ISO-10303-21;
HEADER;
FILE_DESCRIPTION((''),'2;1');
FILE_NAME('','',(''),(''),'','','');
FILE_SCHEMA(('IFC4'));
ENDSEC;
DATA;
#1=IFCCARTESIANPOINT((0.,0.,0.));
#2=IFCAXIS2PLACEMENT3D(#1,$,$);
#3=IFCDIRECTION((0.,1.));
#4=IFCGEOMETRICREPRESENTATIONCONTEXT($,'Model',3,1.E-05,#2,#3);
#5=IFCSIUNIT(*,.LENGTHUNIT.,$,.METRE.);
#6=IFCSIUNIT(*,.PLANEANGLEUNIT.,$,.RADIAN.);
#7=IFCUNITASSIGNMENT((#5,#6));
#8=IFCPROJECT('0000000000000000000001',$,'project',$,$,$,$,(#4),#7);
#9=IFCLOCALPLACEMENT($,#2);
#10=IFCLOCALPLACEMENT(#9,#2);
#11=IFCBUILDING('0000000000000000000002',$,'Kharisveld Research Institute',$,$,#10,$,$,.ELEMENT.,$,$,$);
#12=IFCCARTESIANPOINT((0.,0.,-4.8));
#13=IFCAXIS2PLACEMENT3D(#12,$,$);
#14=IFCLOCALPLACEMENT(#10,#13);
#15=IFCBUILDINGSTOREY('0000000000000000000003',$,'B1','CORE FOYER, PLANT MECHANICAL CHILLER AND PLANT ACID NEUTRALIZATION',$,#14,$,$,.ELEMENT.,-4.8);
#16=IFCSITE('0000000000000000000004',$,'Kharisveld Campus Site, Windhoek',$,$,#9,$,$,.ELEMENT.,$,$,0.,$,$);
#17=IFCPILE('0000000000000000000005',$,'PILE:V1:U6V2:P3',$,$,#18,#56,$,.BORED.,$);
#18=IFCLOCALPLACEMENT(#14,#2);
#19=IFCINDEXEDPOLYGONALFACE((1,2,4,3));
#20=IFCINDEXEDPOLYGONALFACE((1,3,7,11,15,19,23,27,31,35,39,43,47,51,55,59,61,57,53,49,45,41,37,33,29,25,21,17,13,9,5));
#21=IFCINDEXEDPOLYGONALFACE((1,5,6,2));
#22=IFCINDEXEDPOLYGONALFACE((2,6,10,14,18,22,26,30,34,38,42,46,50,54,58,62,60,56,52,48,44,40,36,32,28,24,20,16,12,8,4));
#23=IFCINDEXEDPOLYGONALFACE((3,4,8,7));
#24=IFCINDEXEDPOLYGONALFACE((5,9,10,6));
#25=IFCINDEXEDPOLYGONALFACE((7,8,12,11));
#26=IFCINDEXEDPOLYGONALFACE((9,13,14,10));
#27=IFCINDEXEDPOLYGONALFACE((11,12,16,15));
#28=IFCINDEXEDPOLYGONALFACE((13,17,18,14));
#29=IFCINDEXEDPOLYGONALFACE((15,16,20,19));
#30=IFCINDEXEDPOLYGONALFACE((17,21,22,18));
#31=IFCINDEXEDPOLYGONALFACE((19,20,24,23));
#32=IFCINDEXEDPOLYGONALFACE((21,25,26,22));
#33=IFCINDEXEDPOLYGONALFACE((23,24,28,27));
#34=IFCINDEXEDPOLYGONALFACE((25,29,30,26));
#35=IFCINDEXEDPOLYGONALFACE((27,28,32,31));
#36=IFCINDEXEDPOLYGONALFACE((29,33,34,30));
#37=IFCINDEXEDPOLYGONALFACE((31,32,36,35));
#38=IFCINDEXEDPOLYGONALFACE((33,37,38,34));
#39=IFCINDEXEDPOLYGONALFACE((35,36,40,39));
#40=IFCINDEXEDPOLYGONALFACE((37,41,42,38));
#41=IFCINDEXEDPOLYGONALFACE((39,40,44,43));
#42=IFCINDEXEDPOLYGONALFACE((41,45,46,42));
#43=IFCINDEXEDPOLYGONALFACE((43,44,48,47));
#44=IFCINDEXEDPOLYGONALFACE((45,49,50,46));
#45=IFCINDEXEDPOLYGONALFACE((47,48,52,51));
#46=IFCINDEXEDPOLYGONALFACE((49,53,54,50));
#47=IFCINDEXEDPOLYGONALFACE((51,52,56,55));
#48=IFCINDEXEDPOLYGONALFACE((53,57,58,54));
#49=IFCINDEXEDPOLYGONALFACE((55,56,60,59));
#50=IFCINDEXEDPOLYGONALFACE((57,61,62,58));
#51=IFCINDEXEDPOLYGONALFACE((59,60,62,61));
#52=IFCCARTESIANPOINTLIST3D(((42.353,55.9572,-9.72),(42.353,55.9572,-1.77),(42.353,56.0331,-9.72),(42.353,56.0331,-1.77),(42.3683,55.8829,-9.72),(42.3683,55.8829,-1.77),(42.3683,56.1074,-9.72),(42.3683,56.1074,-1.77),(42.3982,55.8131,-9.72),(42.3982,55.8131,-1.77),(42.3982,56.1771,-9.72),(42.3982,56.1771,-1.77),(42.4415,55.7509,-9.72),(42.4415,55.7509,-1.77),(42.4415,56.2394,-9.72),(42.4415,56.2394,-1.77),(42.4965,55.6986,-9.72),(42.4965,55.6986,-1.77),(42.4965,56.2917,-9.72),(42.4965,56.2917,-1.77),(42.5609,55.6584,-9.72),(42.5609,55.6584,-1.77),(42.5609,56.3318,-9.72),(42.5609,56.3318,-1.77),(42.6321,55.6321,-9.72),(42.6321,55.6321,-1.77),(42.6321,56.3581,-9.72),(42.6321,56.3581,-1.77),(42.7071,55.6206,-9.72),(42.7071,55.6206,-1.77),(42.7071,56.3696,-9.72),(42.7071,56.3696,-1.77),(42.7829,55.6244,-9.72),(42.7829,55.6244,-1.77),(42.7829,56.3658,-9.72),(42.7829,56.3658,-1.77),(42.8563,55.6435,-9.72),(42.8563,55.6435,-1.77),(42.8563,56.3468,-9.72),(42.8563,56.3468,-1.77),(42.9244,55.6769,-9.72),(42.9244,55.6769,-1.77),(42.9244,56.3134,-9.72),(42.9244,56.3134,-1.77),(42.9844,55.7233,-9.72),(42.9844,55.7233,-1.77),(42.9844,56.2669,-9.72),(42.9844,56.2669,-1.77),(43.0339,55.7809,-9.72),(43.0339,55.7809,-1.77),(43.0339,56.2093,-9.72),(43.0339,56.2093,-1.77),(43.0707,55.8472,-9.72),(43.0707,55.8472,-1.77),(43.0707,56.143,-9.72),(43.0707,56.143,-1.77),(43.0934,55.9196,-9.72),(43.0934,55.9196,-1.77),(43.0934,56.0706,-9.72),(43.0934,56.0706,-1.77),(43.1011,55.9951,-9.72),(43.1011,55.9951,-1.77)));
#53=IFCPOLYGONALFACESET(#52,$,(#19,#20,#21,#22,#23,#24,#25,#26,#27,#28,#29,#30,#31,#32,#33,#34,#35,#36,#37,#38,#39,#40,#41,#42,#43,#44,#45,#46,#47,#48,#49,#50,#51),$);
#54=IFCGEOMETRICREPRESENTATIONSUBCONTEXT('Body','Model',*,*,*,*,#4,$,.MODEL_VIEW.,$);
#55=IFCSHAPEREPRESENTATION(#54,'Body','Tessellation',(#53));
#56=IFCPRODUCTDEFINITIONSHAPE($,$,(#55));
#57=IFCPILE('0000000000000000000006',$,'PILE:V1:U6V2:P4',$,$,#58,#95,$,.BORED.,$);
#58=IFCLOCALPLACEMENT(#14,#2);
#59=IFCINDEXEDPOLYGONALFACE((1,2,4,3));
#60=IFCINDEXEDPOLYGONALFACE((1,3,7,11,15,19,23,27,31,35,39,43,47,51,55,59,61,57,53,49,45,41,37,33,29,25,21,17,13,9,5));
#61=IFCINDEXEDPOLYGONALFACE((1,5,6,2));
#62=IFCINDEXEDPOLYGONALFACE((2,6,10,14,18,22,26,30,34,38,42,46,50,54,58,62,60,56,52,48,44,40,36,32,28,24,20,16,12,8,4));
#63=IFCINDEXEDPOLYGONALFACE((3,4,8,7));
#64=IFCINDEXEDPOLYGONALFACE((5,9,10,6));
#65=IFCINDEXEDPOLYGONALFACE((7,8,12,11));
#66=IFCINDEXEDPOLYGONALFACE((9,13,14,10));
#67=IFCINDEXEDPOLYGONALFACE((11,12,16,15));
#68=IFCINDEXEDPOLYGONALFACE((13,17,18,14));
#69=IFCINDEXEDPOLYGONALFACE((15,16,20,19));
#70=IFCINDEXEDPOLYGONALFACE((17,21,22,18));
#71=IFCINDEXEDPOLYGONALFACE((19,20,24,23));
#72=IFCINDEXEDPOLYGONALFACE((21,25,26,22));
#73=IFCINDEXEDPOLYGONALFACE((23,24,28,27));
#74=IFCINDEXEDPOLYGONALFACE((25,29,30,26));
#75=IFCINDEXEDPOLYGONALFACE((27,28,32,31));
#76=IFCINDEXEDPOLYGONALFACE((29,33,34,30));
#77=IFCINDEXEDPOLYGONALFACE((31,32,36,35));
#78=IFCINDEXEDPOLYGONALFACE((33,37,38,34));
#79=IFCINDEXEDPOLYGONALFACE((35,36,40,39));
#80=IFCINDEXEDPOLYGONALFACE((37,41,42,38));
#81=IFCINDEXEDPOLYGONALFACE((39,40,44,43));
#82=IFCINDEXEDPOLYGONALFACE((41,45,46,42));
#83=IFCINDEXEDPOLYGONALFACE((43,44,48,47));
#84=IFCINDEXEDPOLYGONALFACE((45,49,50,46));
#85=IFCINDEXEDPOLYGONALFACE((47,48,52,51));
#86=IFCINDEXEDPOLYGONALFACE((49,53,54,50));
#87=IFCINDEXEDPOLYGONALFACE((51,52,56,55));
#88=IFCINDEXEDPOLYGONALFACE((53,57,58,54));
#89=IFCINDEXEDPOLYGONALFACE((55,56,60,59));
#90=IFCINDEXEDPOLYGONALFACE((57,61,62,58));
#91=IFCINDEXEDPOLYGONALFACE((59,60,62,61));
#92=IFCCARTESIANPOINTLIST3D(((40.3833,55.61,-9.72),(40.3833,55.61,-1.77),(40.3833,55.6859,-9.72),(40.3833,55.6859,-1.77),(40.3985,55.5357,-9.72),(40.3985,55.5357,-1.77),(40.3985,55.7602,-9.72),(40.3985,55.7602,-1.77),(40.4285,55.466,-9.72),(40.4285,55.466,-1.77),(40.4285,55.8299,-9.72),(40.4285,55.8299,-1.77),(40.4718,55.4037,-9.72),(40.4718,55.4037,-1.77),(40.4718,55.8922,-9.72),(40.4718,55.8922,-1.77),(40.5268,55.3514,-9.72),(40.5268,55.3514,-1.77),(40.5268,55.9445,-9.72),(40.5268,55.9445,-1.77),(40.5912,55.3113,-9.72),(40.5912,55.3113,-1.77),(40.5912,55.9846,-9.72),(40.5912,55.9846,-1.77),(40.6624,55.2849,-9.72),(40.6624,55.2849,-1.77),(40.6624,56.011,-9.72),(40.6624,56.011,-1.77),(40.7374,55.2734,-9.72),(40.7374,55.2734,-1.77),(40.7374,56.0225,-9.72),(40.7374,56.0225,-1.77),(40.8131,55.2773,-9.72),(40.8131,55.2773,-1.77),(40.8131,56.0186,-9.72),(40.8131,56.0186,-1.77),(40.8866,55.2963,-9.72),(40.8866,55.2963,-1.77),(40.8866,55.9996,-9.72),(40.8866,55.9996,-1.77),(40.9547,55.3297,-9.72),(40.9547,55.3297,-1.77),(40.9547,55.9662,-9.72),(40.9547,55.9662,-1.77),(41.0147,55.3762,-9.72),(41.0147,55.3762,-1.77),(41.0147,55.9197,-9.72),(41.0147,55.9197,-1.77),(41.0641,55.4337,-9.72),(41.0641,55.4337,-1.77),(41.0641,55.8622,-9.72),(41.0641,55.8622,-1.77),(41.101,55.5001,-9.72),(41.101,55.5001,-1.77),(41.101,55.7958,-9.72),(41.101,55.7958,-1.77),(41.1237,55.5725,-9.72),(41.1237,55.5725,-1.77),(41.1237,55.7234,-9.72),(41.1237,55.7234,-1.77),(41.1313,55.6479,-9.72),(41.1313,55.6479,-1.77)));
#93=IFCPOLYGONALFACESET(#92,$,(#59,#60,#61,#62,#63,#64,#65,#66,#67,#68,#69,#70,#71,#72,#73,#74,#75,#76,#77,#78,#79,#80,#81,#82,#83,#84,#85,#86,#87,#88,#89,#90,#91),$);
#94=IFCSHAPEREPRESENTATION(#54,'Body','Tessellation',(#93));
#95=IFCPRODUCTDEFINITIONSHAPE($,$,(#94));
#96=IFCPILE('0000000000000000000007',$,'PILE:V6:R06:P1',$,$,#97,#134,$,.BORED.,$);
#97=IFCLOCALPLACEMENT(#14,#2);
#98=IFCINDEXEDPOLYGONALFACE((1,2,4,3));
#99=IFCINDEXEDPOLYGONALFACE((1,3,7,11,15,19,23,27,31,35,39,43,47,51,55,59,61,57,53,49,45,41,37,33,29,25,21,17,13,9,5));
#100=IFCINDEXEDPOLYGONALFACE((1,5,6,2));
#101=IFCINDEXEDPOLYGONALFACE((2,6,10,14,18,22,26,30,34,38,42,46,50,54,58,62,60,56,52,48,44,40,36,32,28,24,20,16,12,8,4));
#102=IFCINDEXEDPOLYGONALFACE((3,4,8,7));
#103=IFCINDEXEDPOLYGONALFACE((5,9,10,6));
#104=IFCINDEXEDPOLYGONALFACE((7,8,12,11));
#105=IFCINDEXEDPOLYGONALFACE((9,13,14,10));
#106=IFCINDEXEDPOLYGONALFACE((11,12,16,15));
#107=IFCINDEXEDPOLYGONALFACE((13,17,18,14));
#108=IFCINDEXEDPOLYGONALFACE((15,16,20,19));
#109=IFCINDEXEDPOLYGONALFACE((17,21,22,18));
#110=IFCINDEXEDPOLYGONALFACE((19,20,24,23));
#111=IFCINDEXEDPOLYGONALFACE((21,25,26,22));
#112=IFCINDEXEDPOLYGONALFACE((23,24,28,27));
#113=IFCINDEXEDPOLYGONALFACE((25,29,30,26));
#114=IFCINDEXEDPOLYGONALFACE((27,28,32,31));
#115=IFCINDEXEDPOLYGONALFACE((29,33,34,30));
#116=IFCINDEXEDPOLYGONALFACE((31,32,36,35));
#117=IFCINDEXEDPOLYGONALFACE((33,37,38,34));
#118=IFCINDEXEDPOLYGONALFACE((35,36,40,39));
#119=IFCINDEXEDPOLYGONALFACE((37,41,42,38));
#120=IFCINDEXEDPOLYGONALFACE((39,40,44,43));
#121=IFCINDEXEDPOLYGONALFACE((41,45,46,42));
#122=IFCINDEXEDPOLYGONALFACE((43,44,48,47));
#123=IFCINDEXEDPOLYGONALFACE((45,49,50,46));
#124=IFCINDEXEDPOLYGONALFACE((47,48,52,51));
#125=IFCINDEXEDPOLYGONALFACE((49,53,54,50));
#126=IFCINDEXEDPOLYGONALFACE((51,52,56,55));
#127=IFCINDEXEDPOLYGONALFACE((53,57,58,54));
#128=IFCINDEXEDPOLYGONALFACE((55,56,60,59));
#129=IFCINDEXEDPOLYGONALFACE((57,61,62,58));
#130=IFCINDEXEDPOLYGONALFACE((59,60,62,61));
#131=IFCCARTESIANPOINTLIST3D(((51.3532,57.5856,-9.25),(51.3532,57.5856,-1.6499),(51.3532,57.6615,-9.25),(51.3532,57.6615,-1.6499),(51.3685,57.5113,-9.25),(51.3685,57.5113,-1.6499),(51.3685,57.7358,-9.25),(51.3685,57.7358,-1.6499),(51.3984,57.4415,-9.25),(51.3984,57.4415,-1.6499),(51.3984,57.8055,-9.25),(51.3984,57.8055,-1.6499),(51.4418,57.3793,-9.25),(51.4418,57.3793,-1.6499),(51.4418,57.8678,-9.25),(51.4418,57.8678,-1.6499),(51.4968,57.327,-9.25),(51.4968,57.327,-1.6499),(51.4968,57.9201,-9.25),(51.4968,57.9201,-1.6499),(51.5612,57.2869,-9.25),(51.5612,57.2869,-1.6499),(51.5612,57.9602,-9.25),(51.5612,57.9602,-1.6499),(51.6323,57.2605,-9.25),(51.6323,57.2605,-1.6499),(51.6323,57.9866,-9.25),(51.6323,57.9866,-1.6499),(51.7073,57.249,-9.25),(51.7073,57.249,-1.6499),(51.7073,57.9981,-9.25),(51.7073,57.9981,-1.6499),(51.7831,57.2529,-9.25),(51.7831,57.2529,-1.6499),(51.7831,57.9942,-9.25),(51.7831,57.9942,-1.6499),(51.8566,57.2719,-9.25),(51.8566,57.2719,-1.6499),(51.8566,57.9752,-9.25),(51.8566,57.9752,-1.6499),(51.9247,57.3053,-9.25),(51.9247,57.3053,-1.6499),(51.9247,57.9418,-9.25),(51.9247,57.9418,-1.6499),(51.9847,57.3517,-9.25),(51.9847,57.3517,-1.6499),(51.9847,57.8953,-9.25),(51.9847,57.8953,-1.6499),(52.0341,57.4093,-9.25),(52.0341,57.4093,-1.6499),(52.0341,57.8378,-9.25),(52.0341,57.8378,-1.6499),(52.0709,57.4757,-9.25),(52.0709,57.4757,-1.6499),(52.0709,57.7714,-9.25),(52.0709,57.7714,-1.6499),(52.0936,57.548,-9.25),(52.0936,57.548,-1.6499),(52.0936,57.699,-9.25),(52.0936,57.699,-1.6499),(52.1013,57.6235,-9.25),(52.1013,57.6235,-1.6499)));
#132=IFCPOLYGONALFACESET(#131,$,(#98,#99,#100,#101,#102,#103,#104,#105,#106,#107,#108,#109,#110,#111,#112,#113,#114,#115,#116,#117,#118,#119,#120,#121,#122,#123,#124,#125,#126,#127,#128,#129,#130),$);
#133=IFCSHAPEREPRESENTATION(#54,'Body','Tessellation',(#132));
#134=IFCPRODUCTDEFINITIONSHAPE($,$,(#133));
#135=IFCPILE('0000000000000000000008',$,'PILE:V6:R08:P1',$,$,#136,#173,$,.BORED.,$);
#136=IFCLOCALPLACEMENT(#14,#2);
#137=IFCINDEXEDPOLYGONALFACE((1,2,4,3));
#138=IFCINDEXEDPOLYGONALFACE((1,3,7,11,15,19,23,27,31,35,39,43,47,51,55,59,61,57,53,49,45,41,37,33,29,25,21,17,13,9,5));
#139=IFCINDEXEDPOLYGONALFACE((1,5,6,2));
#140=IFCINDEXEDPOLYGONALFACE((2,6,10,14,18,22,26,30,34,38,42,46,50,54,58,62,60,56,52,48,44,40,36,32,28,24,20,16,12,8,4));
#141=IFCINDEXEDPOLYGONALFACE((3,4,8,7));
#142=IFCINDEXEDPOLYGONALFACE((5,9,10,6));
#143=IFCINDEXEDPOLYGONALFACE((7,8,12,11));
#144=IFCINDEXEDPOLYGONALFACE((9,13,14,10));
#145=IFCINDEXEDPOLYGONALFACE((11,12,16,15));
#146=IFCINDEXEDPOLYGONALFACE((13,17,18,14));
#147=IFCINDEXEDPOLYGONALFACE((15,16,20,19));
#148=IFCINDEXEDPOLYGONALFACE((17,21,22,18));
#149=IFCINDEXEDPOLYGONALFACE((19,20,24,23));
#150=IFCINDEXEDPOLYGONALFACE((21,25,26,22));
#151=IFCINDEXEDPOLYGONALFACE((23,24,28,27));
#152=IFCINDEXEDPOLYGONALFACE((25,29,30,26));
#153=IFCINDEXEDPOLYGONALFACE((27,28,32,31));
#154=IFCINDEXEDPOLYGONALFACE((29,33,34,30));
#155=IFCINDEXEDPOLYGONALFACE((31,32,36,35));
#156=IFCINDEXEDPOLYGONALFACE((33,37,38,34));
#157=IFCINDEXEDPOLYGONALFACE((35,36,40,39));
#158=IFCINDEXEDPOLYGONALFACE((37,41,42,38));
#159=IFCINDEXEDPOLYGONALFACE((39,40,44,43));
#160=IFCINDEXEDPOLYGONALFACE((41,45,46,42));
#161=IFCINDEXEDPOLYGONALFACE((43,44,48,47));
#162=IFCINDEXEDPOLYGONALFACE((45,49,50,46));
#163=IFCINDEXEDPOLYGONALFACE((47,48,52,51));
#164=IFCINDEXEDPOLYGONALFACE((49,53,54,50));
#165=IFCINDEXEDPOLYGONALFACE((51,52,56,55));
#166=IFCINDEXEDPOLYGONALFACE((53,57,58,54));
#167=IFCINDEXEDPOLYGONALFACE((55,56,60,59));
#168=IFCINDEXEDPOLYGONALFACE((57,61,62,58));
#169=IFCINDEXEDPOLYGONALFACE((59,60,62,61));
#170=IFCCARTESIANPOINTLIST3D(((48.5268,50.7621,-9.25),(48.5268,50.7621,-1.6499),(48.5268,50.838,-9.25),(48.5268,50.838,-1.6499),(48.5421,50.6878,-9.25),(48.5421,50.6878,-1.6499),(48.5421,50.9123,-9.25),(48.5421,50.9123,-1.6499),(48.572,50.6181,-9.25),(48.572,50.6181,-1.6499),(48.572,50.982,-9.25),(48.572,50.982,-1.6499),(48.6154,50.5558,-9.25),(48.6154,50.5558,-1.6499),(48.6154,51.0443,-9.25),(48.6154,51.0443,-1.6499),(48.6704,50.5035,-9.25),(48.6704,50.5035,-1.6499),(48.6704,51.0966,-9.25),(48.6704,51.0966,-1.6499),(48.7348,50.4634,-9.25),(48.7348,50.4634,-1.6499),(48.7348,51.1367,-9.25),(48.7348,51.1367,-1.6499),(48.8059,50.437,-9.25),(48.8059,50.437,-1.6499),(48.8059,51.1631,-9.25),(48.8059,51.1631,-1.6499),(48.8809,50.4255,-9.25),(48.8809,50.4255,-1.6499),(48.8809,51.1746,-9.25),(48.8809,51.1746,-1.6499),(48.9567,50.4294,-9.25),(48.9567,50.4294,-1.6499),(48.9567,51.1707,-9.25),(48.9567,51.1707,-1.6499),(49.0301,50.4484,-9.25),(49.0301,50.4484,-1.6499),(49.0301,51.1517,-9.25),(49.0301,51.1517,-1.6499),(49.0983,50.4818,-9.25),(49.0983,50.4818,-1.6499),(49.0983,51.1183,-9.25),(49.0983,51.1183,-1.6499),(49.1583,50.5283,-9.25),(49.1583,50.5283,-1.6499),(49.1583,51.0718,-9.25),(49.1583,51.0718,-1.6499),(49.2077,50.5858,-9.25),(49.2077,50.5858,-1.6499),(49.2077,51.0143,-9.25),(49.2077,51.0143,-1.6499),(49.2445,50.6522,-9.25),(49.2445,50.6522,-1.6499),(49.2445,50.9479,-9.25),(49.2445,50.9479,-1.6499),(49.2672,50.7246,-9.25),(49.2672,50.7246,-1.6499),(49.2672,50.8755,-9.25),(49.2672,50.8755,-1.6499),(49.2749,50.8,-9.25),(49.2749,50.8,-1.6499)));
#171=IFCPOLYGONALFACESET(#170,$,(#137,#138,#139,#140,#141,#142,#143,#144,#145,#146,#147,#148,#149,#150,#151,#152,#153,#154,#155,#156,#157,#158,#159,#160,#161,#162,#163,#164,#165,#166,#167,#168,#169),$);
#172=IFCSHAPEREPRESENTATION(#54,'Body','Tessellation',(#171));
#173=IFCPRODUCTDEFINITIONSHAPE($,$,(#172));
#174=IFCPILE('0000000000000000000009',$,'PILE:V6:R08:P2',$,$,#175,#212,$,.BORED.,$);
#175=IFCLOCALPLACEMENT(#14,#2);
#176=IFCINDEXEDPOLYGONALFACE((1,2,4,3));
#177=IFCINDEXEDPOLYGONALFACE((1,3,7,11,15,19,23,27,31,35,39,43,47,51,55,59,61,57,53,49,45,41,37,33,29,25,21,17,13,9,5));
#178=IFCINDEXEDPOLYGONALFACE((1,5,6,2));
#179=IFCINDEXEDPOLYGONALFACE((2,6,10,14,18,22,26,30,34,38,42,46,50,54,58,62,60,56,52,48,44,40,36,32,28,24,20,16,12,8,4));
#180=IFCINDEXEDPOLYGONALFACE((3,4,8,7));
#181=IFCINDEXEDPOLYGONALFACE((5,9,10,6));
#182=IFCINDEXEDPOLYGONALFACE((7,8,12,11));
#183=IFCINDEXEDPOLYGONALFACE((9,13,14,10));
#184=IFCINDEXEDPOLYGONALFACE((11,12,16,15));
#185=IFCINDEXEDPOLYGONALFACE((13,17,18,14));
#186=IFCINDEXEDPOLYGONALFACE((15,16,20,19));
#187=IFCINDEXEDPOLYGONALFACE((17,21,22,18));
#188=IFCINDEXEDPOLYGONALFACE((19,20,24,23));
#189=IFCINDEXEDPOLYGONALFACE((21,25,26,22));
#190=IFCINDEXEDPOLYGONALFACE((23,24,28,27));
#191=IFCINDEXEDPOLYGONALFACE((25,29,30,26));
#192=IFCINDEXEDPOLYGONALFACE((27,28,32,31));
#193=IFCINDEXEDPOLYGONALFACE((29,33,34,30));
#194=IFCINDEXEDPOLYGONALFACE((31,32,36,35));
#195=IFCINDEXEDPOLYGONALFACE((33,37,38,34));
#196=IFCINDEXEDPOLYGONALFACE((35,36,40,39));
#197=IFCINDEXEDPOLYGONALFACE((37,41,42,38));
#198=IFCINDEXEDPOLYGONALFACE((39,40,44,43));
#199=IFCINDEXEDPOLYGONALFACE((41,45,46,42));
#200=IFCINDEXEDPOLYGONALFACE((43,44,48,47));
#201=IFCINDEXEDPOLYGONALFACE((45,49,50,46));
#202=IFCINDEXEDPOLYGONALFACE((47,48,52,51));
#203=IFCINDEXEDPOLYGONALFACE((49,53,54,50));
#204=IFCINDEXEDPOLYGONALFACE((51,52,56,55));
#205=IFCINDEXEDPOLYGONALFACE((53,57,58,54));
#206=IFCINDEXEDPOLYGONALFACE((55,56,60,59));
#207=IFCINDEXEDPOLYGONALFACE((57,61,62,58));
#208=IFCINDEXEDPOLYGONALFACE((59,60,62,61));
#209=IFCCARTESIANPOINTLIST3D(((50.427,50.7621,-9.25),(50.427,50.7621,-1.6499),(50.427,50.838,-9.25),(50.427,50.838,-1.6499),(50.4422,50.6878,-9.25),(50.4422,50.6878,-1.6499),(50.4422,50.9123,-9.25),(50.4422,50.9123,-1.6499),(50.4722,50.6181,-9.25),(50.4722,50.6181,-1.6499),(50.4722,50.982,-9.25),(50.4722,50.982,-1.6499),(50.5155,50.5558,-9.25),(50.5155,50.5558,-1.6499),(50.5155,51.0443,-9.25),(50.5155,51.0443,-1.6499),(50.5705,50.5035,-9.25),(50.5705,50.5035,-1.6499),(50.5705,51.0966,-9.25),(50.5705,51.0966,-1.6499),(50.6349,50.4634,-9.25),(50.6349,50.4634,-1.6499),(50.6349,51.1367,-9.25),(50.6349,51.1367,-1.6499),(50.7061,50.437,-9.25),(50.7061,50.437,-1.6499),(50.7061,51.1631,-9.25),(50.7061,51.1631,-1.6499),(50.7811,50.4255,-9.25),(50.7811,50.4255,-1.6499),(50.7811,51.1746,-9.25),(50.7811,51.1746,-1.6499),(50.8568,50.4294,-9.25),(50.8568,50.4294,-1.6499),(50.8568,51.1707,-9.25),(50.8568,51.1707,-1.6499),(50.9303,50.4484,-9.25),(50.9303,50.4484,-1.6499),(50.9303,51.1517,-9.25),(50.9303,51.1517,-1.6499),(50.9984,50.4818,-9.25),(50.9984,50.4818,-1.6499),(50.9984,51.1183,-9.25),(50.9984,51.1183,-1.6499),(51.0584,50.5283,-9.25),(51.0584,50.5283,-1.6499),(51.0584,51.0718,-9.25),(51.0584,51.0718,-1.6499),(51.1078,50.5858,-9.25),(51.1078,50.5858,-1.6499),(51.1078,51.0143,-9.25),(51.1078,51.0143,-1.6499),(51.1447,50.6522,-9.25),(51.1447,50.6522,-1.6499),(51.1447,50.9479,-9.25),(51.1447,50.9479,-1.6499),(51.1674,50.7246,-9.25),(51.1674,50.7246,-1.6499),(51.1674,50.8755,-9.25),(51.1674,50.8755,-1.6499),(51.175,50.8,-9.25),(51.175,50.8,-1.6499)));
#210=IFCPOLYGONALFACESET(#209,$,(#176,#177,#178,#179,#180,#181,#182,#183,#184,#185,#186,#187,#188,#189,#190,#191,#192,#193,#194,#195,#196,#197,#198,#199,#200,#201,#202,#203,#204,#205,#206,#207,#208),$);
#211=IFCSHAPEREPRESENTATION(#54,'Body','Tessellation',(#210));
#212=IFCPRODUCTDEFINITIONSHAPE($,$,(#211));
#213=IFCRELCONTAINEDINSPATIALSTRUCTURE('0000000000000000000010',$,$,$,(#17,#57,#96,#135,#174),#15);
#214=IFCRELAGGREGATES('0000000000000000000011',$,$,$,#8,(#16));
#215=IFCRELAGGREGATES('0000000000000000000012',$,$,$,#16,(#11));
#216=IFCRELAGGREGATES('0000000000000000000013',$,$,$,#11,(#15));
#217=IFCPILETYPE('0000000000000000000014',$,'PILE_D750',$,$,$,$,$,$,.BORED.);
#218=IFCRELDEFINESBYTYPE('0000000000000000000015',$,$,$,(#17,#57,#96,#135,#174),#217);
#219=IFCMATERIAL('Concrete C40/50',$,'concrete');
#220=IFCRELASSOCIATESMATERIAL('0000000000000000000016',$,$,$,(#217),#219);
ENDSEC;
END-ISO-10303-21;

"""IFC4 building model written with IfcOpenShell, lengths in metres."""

from ifc_helpers import new_model, si_unit, direction, frame, origin, origin_2d, place, context, subcontext, project, spatial, circle, extrude, material, material_profile, profile_set, type_object, element, save


model = new_model("IFC4")

# Units and contexts
model_context = context("Model", 3, precision=1e-05, world=origin(), true_north=direction((0.0, 1.0)))
body_context = subcontext(model_context, "Body", "Model", "MODEL_VIEW")
ifc_project = project(units=[si_unit("LENGTHUNIT", "METRE"), si_unit("PLANEANGLEUNIT", "RADIAN")], contexts=[model_context])

# Site, building, storey
site_placement = place(None, origin())
site = spatial("IfcSite", under=ifc_project, at=site_placement, Name="Kharisveld Campus Site, Windhoek", CompositionType="ELEMENT", RefElevation=0.0)
building_placement = place(site_placement, origin())
building = spatial("IfcBuilding", under=site, at=building_placement, Name="Kharisveld Research Institute", CompositionType="ELEMENT")
storey_placement = place(building_placement, frame((0.0, 0.0, -4.8)))
storey = spatial("IfcBuildingStorey", under=building, at=storey_placement, Name="B1", Description="CORE FOYER, PLANT MECHANICAL CHILLER AND PLANT ACID NEUTRALIZATION", CompositionType="ELEMENT", Elevation=-4.8)

# Piles
ifc_material_1 = material(Name="Concrete C40/50", Category="concrete")
ifc_material_profile_1 = material_profile(ifc_material_1, circle(Radius=0.375, at=origin_2d()))
ifc_profile_set_1 = profile_set([ifc_material_profile_1], Name="Concrete C40/50")
pile_type_1 = type_object("IfcPileType", Name="PILE_D750", PredefinedType="BORED", material=ifc_profile_set_1)
for number, where, z_axis, x_axis, name in (
    (1, (42.7261, 55.9951, -1.77), (0.0, 0.0, -1.0), (1.0, 0.0, 0.0), "PILE:V1:U6V2:P3"),
    (2, (40.7563, 55.6479, -1.77), (0.0, 0.0, -1.0), (1.0, 0.0, 0.0), "PILE:V1:U6V2:P4"),
):
    element("IfcPile", number, at=place(storey_placement, frame(where, z_axis=z_axis, x_axis=x_axis)), inside=storey, type_object=pile_type_1, Name=name, PredefinedType="BORED", context=body_context, shape_type="SweptSolid", body=[
        extrude(circle(Radius=0.375, at=origin_2d()), origin(), (0.0, 0.0, 1.0), 7.95),
    ])
for number, where, z_axis, x_axis, name in (
    (3, (51.7263, 57.6235, -1.6499), (0.0, 0.0, -1.0), (1.0, 0.0, 0.0), "PILE:V6:R06:P1"),
    (4, (48.8999, 50.8, -1.6499), (0.0, 0.0, -1.0), (1.0, 0.0, 0.0), "PILE:V6:R08:P1"),
    (5, (50.8, 50.8, -1.6499), (0.0, 0.0, -1.0), (1.0, 0.0, 0.0), "PILE:V6:R08:P2"),
):
    element("IfcPile", number, at=place(storey_placement, frame(where, z_axis=z_axis, x_axis=x_axis)), inside=storey, type_object=pile_type_1, Name=name, PredefinedType="BORED", context=body_context, shape_type="SweptSolid", body=[
        extrude(circle(Radius=0.375, at=origin_2d()), origin(), (0.0, 0.0, 1.0), 7.6001),
    ])

save(model, "model.ifc")
